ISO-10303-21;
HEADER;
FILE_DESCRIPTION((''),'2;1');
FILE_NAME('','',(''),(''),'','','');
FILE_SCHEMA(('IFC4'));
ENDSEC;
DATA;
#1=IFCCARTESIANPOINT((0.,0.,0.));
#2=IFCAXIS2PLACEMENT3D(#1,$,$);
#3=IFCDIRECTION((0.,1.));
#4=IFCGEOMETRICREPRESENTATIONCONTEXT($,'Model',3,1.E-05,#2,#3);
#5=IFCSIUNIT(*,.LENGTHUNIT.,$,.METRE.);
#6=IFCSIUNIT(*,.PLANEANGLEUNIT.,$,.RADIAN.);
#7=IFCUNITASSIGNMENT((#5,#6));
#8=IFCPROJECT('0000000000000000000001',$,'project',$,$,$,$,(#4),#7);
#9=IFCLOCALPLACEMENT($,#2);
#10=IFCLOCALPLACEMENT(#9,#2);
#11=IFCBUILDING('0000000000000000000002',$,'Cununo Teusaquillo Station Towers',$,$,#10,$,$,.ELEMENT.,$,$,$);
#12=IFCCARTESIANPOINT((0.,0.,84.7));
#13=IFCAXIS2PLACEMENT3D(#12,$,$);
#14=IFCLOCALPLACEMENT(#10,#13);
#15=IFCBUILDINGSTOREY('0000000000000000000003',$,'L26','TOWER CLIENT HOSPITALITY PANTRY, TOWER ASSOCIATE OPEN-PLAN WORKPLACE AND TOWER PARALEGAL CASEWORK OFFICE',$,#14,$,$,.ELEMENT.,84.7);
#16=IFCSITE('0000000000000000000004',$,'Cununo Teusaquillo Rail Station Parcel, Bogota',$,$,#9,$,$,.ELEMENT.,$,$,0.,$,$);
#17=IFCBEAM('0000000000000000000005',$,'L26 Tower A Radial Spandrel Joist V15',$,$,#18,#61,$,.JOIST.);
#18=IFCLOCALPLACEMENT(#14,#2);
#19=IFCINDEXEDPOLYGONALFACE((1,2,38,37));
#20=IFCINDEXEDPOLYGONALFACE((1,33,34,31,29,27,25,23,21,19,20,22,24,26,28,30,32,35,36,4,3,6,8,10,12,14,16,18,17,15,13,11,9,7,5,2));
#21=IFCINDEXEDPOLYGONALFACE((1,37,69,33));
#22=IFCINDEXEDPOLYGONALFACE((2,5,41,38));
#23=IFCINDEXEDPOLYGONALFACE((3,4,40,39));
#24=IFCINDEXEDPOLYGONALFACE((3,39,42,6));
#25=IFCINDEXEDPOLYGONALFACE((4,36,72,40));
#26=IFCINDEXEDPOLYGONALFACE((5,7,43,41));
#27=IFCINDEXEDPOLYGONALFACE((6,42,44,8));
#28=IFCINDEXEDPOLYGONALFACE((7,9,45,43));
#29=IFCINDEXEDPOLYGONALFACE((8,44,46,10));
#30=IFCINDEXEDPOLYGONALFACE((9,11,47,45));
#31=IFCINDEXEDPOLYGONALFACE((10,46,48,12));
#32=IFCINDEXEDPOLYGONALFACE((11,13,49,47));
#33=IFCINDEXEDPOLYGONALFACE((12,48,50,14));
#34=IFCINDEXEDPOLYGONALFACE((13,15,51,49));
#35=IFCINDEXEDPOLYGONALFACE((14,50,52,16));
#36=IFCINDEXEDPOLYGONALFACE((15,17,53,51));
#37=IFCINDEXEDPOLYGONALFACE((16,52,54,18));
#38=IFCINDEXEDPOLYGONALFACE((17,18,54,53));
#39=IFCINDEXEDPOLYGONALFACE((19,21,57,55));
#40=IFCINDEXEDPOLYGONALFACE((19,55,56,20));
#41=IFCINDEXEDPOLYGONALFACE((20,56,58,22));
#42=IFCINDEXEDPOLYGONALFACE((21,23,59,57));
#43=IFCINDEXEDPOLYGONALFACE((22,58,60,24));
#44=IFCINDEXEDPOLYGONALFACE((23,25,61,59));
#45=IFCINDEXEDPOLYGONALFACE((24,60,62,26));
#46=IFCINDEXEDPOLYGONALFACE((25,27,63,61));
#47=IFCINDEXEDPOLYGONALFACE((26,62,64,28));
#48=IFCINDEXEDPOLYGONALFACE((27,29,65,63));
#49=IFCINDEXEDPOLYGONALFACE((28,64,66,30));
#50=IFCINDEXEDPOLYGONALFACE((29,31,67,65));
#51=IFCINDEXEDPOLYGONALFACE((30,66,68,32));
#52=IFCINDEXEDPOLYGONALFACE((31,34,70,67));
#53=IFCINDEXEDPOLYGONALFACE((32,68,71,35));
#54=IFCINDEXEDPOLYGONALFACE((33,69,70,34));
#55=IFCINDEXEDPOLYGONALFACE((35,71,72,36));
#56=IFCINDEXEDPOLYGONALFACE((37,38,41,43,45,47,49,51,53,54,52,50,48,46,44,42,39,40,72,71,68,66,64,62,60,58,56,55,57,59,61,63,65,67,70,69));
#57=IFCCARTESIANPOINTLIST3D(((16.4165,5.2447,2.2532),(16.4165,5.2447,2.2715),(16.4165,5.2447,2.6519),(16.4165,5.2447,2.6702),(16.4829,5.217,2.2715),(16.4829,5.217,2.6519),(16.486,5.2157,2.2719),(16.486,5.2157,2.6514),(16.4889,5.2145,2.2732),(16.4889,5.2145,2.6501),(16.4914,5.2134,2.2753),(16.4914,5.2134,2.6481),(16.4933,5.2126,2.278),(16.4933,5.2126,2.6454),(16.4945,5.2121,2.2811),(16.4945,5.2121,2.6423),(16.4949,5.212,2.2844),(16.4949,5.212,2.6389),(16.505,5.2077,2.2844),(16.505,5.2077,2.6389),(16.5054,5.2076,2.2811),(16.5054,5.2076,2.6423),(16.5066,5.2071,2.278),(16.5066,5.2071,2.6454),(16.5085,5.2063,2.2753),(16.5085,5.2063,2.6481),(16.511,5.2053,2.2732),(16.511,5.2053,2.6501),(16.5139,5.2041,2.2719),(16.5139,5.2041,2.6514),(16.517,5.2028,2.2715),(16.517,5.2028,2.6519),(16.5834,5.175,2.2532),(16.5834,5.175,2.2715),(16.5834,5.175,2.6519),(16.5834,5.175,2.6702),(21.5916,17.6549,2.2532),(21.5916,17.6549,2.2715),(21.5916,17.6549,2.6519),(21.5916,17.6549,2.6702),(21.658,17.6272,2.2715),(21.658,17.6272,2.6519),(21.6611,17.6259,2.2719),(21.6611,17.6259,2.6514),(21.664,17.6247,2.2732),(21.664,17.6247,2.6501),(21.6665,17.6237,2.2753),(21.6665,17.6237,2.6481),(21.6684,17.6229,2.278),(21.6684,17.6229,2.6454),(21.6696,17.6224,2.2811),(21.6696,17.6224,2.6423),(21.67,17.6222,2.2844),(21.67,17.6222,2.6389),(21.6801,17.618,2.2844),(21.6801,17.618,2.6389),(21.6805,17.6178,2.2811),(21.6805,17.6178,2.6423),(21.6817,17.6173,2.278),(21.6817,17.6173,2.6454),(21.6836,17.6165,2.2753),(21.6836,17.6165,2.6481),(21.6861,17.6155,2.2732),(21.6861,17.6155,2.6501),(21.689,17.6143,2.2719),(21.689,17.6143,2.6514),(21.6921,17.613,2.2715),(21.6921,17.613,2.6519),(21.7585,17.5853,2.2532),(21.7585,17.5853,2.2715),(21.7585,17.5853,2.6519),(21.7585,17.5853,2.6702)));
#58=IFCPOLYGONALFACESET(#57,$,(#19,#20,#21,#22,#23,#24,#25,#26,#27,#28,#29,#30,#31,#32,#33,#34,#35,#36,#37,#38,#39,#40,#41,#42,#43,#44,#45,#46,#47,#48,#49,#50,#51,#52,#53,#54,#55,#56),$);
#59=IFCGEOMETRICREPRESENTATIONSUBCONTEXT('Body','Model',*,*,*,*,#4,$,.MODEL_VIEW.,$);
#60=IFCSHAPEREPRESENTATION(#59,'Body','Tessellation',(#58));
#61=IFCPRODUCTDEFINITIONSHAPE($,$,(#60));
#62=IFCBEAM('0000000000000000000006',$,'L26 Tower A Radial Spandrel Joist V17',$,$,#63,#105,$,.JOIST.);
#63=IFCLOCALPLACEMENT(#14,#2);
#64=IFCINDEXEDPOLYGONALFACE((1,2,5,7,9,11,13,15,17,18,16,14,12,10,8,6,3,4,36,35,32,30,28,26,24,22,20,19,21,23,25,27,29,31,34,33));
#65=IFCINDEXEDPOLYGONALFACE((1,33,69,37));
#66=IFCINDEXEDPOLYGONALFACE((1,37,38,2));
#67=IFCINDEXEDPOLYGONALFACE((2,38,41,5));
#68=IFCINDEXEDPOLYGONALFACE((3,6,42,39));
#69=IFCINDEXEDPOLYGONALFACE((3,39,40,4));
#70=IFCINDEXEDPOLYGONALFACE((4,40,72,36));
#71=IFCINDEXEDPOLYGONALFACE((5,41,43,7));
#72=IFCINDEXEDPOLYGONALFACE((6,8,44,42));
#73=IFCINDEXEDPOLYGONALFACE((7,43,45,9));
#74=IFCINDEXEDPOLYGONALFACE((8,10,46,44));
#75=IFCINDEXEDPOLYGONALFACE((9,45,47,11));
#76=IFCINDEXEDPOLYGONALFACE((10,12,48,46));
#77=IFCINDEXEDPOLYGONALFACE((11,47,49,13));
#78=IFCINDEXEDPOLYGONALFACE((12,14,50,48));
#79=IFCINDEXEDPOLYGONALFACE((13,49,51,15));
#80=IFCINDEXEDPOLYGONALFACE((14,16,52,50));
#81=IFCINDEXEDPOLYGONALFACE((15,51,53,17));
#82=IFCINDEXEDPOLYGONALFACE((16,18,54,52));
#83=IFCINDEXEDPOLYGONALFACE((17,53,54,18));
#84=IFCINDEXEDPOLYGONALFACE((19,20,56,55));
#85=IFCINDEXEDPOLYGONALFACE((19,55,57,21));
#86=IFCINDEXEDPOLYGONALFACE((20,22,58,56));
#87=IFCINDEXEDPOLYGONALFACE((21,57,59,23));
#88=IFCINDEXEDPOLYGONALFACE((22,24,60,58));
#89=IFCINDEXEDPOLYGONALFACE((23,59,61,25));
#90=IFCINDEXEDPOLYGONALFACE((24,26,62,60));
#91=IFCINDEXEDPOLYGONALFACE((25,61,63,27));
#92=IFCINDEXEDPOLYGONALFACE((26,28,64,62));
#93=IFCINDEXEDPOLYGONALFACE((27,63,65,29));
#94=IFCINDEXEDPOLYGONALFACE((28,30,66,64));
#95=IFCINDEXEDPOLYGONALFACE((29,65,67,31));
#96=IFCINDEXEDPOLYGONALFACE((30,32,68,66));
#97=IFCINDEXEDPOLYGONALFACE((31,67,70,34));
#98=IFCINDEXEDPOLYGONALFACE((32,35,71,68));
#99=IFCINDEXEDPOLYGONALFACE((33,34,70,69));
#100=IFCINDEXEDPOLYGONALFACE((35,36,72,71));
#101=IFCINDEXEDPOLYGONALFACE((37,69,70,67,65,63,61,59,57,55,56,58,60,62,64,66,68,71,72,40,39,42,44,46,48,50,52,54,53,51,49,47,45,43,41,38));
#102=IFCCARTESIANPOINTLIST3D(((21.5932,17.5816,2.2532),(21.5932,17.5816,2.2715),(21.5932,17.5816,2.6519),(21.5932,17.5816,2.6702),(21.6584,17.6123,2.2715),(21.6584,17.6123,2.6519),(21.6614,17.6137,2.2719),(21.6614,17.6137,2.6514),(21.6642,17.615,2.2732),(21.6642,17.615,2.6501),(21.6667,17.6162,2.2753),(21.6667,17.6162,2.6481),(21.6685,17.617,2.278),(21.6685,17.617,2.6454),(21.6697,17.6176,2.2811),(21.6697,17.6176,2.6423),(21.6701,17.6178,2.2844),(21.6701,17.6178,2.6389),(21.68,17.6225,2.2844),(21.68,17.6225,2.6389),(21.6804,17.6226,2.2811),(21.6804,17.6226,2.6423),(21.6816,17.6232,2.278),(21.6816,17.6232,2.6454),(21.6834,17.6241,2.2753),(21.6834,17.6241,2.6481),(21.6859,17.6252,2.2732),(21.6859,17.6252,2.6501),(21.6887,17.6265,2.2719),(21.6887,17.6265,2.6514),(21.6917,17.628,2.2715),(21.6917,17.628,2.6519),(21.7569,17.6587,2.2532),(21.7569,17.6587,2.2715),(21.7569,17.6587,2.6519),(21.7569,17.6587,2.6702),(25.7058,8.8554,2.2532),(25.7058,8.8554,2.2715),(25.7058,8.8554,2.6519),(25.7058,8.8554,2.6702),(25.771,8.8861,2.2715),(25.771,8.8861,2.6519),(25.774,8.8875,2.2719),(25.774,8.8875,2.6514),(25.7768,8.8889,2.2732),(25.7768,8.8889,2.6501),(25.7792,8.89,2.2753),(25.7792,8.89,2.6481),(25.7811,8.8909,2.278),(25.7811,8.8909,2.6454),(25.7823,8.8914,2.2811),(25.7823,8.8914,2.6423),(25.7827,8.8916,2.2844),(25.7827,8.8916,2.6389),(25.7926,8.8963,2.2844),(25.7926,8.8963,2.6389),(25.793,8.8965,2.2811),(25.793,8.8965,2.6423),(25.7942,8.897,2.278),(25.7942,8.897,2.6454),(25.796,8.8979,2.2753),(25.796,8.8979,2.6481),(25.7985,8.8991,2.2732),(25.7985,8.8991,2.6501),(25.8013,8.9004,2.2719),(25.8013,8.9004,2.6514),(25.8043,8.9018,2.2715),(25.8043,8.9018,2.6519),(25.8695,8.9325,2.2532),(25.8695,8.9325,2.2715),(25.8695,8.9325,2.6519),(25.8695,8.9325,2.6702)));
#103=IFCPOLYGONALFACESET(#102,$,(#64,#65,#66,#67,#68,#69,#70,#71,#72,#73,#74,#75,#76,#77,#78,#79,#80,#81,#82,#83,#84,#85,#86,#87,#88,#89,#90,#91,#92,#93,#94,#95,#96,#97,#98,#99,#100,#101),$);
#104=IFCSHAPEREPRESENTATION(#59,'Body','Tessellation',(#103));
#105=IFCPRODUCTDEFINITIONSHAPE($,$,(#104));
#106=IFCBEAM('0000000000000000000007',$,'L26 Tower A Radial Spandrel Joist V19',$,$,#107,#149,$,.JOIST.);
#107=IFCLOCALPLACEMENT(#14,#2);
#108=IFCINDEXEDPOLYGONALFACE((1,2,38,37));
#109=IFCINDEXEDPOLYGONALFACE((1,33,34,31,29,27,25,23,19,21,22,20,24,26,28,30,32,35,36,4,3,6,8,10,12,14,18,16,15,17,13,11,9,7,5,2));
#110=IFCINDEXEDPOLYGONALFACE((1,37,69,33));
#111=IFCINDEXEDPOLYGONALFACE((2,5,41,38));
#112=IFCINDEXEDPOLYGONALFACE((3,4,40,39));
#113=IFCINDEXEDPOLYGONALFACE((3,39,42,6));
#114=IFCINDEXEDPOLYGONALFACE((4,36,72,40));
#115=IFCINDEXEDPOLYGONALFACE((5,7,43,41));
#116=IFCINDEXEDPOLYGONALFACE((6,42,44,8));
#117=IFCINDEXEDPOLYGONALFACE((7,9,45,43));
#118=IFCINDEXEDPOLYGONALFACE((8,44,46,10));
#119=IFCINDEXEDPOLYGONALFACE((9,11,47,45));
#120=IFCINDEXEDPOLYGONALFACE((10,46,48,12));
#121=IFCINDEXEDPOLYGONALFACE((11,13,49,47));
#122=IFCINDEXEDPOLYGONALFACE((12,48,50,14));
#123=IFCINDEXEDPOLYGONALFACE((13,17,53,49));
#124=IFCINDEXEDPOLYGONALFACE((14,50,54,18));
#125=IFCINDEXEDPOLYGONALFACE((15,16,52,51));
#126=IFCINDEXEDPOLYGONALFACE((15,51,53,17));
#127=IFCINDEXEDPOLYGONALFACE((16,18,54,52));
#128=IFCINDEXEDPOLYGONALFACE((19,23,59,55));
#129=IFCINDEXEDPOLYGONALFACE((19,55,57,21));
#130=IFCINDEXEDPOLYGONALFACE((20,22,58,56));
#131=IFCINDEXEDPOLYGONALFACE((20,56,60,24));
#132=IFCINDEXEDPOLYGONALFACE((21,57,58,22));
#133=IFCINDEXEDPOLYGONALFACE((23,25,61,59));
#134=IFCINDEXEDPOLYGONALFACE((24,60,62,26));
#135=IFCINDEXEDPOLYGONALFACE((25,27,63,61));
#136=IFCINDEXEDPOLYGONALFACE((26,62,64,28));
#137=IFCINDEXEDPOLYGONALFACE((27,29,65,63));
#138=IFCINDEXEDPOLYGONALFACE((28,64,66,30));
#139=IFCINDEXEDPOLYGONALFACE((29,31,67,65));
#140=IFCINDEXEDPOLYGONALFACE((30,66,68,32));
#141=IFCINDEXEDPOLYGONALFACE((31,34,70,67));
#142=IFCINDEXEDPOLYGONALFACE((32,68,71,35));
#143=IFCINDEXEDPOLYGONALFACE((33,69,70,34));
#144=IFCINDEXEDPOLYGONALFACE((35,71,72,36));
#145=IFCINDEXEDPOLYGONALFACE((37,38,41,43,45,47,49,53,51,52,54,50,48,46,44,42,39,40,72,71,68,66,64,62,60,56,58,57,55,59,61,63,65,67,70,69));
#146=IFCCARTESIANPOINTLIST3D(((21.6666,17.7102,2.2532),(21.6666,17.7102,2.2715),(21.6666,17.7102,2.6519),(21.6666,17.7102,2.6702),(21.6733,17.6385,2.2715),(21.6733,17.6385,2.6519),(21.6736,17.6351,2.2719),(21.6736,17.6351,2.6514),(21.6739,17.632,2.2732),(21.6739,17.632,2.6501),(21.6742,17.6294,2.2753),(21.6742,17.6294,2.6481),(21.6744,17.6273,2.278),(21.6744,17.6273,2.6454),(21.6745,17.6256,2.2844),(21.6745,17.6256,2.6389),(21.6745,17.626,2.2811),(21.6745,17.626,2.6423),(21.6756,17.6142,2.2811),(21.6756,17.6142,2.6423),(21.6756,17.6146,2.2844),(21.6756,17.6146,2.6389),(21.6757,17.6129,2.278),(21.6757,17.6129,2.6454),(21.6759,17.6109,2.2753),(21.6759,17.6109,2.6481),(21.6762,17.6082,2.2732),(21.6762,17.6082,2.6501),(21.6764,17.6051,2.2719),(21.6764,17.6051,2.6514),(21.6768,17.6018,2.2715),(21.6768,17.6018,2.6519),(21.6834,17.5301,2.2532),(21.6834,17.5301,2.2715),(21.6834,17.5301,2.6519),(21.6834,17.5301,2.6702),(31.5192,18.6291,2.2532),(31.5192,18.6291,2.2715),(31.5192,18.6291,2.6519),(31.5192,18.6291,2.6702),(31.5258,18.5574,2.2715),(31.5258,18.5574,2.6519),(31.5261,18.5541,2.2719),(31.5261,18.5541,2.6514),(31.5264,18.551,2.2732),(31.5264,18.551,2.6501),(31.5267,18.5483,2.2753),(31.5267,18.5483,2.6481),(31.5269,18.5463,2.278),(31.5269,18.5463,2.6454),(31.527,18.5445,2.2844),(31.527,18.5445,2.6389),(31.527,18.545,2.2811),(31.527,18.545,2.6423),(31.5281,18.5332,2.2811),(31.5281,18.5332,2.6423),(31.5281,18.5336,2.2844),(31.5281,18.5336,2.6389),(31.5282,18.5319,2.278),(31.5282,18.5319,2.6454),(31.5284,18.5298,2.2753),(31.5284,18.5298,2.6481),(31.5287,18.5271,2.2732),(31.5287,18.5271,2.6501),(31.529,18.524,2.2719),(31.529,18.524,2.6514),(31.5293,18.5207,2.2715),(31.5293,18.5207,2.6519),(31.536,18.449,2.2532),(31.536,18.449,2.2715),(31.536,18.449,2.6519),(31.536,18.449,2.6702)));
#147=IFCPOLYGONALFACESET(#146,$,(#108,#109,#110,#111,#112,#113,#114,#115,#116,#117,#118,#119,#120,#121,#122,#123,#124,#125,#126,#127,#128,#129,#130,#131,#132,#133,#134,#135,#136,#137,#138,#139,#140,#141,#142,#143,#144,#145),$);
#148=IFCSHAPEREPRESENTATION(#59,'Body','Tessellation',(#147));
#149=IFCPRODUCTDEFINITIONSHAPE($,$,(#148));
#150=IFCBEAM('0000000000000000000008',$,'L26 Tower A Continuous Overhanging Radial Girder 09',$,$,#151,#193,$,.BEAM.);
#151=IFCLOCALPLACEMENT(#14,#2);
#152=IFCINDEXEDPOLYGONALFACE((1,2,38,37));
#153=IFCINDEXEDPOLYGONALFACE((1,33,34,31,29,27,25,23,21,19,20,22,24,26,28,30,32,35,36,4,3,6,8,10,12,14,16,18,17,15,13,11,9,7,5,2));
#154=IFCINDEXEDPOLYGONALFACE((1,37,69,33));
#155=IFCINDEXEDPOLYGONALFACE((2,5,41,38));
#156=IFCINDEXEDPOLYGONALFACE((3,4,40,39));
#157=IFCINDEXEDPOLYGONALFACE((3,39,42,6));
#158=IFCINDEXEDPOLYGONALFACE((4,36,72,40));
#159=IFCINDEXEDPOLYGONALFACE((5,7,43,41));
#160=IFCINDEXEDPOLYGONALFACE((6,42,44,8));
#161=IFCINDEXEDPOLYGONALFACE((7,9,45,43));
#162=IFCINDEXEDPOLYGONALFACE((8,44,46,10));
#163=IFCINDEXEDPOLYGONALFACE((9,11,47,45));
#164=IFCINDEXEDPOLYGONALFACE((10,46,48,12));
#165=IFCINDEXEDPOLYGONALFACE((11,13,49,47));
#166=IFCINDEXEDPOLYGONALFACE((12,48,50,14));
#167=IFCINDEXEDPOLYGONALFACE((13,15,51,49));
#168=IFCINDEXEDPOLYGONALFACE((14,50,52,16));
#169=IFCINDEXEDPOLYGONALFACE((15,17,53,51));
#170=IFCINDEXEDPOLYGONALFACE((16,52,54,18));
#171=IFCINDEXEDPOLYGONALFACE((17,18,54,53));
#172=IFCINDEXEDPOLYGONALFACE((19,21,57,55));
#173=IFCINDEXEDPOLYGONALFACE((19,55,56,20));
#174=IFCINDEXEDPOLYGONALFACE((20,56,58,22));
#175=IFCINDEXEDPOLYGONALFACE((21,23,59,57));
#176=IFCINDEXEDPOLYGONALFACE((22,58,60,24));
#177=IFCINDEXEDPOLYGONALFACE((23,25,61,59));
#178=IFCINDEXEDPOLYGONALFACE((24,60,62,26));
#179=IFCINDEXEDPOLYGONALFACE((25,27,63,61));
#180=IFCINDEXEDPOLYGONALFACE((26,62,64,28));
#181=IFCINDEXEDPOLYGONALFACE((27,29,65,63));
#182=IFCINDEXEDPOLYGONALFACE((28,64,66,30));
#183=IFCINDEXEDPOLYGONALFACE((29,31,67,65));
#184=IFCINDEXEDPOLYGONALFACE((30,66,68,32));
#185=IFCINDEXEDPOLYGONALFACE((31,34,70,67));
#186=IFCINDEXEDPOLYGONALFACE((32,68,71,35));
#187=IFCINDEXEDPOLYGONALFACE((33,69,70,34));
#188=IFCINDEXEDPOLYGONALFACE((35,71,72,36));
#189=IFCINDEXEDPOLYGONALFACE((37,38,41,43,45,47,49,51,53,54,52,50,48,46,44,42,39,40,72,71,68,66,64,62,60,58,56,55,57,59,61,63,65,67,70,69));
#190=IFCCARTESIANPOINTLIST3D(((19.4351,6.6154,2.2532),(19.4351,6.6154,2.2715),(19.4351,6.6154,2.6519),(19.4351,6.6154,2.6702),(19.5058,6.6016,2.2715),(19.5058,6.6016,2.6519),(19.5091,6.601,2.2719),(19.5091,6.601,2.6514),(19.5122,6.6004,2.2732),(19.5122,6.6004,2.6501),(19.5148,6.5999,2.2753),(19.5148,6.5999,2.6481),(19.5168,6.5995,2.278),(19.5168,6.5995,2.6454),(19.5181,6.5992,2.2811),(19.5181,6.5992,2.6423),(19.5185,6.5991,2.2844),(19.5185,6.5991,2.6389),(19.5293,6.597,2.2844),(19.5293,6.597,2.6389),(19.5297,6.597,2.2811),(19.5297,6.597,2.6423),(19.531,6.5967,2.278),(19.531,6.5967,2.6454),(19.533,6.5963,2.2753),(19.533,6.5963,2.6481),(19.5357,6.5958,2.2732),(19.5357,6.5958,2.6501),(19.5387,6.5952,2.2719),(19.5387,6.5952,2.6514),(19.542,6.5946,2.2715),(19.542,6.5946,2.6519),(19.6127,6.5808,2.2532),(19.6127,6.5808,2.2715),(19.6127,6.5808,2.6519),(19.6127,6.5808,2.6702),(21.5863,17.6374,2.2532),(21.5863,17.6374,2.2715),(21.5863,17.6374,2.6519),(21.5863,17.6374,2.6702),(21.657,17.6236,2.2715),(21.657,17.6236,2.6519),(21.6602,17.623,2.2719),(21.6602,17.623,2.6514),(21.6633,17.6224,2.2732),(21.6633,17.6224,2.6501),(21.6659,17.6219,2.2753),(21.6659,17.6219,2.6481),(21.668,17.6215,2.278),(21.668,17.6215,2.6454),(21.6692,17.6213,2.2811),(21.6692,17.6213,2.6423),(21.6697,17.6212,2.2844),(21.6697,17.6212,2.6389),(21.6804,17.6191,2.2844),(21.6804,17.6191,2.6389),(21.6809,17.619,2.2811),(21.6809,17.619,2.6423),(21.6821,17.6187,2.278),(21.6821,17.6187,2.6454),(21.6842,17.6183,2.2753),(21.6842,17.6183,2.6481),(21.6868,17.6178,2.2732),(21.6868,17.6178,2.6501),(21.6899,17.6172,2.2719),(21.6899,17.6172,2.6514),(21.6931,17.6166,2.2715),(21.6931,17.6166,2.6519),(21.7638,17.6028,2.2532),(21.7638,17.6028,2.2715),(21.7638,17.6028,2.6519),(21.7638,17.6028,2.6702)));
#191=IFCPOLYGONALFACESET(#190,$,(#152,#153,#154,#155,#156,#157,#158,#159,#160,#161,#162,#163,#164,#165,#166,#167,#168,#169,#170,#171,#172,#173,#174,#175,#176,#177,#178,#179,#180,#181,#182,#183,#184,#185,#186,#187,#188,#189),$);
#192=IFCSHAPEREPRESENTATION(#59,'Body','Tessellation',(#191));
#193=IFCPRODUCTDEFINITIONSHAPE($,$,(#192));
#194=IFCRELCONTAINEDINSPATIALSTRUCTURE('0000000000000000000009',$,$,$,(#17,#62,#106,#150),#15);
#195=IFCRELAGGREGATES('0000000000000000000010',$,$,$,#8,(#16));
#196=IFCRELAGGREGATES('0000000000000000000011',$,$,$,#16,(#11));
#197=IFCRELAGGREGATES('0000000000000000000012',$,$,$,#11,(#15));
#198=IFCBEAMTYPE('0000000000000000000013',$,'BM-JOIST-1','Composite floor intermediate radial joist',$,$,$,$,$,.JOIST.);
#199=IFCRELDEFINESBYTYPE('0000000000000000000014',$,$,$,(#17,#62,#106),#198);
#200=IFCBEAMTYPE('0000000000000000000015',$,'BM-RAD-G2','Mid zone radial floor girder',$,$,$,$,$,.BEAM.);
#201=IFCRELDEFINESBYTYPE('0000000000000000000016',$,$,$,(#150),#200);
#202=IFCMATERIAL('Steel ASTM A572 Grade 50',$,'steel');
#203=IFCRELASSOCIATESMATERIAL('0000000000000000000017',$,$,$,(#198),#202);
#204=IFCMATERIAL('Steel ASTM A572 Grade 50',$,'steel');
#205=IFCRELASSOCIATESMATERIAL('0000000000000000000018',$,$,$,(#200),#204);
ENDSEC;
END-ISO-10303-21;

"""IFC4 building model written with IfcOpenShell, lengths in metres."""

from ifc_helpers import new_model, si_unit, direction, frame, origin, origin_2d, place, context, subcontext, project, spatial, i_section, extrude, material, material_profile, profile_set, type_object, element, save


model = new_model("IFC4")

# Units and contexts
model_context = context("Model", 3, precision=1e-05, world=origin(), true_north=direction((0.0, 1.0)))
body_context = subcontext(model_context, "Body", "Model", "MODEL_VIEW")
ifc_project = project(units=[si_unit("LENGTHUNIT", "METRE"), si_unit("PLANEANGLEUNIT", "RADIAN")], contexts=[model_context])

# Site, building, storey
site_placement = place(None, origin())
site = spatial("IfcSite", under=ifc_project, at=site_placement, Name="Cununo Teusaquillo Rail Station Parcel, Bogota", CompositionType="ELEMENT", RefElevation=0.0)
building_placement = place(site_placement, origin())
building = spatial("IfcBuilding", under=site, at=building_placement, Name="Cununo Teusaquillo Station Towers", CompositionType="ELEMENT")
storey_placement = place(building_placement, frame((0.0, 0.0, 84.7)))
storey = spatial("IfcBuildingStorey", under=building, at=storey_placement, Name="L26", Description="TOWER CLIENT HOSPITALITY PANTRY, TOWER ASSOCIATE OPEN-PLAN WORKPLACE AND TOWER PARALEGAL CASEWORK OFFICE", CompositionType="ELEMENT", Elevation=84.7)

# Beams
ifc_material_1 = material(Name="Steel ASTM A572 Grade 50", Category="steel")
ifc_material_profile_1 = material_profile(ifc_material_1, i_section(OverallWidth=0.1809, OverallDepth=0.417, WebThickness=0.011, FlangeThickness=0.0183, FilletRadius=0.0129, at=origin_2d()), Name="W16X57")
ifc_profile_set_1 = profile_set([ifc_material_profile_1], Name="Steel ASTM A572 Grade 50")
beam_type_1 = type_object("IfcBeamType", Name="BM-JOIST-1", Description="Composite floor intermediate radial joist", PredefinedType="JOIST", material=ifc_profile_set_1)
beam_1_placement = place(storey_placement, frame((21.675, 17.6201, 2.4617), z_axis=(-0.384878, -0.922967, 0.0), x_axis=(0.922967, -0.384878, 0.0)))
element("IfcBeam", 1, at=beam_1_placement, inside=storey, type_object=beam_type_1, Name="L26 Tower A Radial Spandrel Joist V15", PredefinedType="JOIST", context=body_context, shape_type="SweptSolid", body=[
    extrude(i_section(OverallWidth=0.1809, OverallDepth=0.417, WebThickness=0.011, FlangeThickness=0.0183, FilletRadius=0.0129, at=origin_2d()), origin(), (0.0, 0.0, 1.0), 13.446),
])
beam_2_placement = place(storey_placement, frame((21.675, 17.6201, 2.4617), z_axis=(0.42632, -0.904572, 0.0), x_axis=(0.904572, 0.42632, 0.0)))
element("IfcBeam", 2, at=beam_2_placement, inside=storey, type_object=beam_type_1, Name="L26 Tower A Radial Spandrel Joist V17", PredefinedType="JOIST", context=body_context, shape_type="SweptSolid", body=[
    extrude(i_section(OverallWidth=0.1809, OverallDepth=0.417, WebThickness=0.011, FlangeThickness=0.0183, FilletRadius=0.0129, at=origin_2d()), origin(), (0.0, 0.0, 1.0), 9.6467),
])
beam_3_placement = place(storey_placement, frame((21.675, 17.6201, 2.4617), z_axis=(0.995679, 0.092867, 0.0), x_axis=(-0.092867, 0.995679, 0.0)))
element("IfcBeam", 3, at=beam_3_placement, inside=storey, type_object=beam_type_1, Name="L26 Tower A Radial Spandrel Joist V19", PredefinedType="JOIST", context=body_context, shape_type="SweptSolid", body=[
    extrude(i_section(OverallWidth=0.1809, OverallDepth=0.417, WebThickness=0.011, FlangeThickness=0.0183, FilletRadius=0.0129, at=origin_2d()), origin(), (0.0, 0.0, 1.0), 9.8953),
])
ifc_material_2 = material(Name="Steel ASTM A572 Grade 50", Category="steel")
ifc_material_profile_2 = material_profile(ifc_material_2, i_section(OverallWidth=0.1809, OverallDepth=0.417, WebThickness=0.011, FlangeThickness=0.0183, FilletRadius=0.0129, at=origin_2d()), Name="W16X57")
ifc_profile_set_2 = profile_set([ifc_material_profile_2], Name="Steel ASTM A572 Grade 50")
beam_type_2 = type_object("IfcBeamType", Name="BM-RAD-G2", Description="Mid zone radial floor girder", PredefinedType="BEAM", material=ifc_profile_set_2)
beam_4_placement = place(storey_placement, frame((21.675, 17.6201, 2.4617), z_axis=(-0.191553, -0.981482, 0.0), x_axis=(0.981482, -0.191553, 0.0)))
element("IfcBeam", 4, at=beam_4_placement, inside=storey, type_object=beam_type_2, Name="L26 Tower A Continuous Overhanging Radial Girder 09", PredefinedType="BEAM", context=body_context, shape_type="SweptSolid", body=[
    extrude(i_section(OverallWidth=0.1809, OverallDepth=0.417, WebThickness=0.011, FlangeThickness=0.0183, FilletRadius=0.0129, at=origin_2d()), origin(), (0.0, 0.0, 1.0), 11.23),
])

save(model, "model.ifc")
